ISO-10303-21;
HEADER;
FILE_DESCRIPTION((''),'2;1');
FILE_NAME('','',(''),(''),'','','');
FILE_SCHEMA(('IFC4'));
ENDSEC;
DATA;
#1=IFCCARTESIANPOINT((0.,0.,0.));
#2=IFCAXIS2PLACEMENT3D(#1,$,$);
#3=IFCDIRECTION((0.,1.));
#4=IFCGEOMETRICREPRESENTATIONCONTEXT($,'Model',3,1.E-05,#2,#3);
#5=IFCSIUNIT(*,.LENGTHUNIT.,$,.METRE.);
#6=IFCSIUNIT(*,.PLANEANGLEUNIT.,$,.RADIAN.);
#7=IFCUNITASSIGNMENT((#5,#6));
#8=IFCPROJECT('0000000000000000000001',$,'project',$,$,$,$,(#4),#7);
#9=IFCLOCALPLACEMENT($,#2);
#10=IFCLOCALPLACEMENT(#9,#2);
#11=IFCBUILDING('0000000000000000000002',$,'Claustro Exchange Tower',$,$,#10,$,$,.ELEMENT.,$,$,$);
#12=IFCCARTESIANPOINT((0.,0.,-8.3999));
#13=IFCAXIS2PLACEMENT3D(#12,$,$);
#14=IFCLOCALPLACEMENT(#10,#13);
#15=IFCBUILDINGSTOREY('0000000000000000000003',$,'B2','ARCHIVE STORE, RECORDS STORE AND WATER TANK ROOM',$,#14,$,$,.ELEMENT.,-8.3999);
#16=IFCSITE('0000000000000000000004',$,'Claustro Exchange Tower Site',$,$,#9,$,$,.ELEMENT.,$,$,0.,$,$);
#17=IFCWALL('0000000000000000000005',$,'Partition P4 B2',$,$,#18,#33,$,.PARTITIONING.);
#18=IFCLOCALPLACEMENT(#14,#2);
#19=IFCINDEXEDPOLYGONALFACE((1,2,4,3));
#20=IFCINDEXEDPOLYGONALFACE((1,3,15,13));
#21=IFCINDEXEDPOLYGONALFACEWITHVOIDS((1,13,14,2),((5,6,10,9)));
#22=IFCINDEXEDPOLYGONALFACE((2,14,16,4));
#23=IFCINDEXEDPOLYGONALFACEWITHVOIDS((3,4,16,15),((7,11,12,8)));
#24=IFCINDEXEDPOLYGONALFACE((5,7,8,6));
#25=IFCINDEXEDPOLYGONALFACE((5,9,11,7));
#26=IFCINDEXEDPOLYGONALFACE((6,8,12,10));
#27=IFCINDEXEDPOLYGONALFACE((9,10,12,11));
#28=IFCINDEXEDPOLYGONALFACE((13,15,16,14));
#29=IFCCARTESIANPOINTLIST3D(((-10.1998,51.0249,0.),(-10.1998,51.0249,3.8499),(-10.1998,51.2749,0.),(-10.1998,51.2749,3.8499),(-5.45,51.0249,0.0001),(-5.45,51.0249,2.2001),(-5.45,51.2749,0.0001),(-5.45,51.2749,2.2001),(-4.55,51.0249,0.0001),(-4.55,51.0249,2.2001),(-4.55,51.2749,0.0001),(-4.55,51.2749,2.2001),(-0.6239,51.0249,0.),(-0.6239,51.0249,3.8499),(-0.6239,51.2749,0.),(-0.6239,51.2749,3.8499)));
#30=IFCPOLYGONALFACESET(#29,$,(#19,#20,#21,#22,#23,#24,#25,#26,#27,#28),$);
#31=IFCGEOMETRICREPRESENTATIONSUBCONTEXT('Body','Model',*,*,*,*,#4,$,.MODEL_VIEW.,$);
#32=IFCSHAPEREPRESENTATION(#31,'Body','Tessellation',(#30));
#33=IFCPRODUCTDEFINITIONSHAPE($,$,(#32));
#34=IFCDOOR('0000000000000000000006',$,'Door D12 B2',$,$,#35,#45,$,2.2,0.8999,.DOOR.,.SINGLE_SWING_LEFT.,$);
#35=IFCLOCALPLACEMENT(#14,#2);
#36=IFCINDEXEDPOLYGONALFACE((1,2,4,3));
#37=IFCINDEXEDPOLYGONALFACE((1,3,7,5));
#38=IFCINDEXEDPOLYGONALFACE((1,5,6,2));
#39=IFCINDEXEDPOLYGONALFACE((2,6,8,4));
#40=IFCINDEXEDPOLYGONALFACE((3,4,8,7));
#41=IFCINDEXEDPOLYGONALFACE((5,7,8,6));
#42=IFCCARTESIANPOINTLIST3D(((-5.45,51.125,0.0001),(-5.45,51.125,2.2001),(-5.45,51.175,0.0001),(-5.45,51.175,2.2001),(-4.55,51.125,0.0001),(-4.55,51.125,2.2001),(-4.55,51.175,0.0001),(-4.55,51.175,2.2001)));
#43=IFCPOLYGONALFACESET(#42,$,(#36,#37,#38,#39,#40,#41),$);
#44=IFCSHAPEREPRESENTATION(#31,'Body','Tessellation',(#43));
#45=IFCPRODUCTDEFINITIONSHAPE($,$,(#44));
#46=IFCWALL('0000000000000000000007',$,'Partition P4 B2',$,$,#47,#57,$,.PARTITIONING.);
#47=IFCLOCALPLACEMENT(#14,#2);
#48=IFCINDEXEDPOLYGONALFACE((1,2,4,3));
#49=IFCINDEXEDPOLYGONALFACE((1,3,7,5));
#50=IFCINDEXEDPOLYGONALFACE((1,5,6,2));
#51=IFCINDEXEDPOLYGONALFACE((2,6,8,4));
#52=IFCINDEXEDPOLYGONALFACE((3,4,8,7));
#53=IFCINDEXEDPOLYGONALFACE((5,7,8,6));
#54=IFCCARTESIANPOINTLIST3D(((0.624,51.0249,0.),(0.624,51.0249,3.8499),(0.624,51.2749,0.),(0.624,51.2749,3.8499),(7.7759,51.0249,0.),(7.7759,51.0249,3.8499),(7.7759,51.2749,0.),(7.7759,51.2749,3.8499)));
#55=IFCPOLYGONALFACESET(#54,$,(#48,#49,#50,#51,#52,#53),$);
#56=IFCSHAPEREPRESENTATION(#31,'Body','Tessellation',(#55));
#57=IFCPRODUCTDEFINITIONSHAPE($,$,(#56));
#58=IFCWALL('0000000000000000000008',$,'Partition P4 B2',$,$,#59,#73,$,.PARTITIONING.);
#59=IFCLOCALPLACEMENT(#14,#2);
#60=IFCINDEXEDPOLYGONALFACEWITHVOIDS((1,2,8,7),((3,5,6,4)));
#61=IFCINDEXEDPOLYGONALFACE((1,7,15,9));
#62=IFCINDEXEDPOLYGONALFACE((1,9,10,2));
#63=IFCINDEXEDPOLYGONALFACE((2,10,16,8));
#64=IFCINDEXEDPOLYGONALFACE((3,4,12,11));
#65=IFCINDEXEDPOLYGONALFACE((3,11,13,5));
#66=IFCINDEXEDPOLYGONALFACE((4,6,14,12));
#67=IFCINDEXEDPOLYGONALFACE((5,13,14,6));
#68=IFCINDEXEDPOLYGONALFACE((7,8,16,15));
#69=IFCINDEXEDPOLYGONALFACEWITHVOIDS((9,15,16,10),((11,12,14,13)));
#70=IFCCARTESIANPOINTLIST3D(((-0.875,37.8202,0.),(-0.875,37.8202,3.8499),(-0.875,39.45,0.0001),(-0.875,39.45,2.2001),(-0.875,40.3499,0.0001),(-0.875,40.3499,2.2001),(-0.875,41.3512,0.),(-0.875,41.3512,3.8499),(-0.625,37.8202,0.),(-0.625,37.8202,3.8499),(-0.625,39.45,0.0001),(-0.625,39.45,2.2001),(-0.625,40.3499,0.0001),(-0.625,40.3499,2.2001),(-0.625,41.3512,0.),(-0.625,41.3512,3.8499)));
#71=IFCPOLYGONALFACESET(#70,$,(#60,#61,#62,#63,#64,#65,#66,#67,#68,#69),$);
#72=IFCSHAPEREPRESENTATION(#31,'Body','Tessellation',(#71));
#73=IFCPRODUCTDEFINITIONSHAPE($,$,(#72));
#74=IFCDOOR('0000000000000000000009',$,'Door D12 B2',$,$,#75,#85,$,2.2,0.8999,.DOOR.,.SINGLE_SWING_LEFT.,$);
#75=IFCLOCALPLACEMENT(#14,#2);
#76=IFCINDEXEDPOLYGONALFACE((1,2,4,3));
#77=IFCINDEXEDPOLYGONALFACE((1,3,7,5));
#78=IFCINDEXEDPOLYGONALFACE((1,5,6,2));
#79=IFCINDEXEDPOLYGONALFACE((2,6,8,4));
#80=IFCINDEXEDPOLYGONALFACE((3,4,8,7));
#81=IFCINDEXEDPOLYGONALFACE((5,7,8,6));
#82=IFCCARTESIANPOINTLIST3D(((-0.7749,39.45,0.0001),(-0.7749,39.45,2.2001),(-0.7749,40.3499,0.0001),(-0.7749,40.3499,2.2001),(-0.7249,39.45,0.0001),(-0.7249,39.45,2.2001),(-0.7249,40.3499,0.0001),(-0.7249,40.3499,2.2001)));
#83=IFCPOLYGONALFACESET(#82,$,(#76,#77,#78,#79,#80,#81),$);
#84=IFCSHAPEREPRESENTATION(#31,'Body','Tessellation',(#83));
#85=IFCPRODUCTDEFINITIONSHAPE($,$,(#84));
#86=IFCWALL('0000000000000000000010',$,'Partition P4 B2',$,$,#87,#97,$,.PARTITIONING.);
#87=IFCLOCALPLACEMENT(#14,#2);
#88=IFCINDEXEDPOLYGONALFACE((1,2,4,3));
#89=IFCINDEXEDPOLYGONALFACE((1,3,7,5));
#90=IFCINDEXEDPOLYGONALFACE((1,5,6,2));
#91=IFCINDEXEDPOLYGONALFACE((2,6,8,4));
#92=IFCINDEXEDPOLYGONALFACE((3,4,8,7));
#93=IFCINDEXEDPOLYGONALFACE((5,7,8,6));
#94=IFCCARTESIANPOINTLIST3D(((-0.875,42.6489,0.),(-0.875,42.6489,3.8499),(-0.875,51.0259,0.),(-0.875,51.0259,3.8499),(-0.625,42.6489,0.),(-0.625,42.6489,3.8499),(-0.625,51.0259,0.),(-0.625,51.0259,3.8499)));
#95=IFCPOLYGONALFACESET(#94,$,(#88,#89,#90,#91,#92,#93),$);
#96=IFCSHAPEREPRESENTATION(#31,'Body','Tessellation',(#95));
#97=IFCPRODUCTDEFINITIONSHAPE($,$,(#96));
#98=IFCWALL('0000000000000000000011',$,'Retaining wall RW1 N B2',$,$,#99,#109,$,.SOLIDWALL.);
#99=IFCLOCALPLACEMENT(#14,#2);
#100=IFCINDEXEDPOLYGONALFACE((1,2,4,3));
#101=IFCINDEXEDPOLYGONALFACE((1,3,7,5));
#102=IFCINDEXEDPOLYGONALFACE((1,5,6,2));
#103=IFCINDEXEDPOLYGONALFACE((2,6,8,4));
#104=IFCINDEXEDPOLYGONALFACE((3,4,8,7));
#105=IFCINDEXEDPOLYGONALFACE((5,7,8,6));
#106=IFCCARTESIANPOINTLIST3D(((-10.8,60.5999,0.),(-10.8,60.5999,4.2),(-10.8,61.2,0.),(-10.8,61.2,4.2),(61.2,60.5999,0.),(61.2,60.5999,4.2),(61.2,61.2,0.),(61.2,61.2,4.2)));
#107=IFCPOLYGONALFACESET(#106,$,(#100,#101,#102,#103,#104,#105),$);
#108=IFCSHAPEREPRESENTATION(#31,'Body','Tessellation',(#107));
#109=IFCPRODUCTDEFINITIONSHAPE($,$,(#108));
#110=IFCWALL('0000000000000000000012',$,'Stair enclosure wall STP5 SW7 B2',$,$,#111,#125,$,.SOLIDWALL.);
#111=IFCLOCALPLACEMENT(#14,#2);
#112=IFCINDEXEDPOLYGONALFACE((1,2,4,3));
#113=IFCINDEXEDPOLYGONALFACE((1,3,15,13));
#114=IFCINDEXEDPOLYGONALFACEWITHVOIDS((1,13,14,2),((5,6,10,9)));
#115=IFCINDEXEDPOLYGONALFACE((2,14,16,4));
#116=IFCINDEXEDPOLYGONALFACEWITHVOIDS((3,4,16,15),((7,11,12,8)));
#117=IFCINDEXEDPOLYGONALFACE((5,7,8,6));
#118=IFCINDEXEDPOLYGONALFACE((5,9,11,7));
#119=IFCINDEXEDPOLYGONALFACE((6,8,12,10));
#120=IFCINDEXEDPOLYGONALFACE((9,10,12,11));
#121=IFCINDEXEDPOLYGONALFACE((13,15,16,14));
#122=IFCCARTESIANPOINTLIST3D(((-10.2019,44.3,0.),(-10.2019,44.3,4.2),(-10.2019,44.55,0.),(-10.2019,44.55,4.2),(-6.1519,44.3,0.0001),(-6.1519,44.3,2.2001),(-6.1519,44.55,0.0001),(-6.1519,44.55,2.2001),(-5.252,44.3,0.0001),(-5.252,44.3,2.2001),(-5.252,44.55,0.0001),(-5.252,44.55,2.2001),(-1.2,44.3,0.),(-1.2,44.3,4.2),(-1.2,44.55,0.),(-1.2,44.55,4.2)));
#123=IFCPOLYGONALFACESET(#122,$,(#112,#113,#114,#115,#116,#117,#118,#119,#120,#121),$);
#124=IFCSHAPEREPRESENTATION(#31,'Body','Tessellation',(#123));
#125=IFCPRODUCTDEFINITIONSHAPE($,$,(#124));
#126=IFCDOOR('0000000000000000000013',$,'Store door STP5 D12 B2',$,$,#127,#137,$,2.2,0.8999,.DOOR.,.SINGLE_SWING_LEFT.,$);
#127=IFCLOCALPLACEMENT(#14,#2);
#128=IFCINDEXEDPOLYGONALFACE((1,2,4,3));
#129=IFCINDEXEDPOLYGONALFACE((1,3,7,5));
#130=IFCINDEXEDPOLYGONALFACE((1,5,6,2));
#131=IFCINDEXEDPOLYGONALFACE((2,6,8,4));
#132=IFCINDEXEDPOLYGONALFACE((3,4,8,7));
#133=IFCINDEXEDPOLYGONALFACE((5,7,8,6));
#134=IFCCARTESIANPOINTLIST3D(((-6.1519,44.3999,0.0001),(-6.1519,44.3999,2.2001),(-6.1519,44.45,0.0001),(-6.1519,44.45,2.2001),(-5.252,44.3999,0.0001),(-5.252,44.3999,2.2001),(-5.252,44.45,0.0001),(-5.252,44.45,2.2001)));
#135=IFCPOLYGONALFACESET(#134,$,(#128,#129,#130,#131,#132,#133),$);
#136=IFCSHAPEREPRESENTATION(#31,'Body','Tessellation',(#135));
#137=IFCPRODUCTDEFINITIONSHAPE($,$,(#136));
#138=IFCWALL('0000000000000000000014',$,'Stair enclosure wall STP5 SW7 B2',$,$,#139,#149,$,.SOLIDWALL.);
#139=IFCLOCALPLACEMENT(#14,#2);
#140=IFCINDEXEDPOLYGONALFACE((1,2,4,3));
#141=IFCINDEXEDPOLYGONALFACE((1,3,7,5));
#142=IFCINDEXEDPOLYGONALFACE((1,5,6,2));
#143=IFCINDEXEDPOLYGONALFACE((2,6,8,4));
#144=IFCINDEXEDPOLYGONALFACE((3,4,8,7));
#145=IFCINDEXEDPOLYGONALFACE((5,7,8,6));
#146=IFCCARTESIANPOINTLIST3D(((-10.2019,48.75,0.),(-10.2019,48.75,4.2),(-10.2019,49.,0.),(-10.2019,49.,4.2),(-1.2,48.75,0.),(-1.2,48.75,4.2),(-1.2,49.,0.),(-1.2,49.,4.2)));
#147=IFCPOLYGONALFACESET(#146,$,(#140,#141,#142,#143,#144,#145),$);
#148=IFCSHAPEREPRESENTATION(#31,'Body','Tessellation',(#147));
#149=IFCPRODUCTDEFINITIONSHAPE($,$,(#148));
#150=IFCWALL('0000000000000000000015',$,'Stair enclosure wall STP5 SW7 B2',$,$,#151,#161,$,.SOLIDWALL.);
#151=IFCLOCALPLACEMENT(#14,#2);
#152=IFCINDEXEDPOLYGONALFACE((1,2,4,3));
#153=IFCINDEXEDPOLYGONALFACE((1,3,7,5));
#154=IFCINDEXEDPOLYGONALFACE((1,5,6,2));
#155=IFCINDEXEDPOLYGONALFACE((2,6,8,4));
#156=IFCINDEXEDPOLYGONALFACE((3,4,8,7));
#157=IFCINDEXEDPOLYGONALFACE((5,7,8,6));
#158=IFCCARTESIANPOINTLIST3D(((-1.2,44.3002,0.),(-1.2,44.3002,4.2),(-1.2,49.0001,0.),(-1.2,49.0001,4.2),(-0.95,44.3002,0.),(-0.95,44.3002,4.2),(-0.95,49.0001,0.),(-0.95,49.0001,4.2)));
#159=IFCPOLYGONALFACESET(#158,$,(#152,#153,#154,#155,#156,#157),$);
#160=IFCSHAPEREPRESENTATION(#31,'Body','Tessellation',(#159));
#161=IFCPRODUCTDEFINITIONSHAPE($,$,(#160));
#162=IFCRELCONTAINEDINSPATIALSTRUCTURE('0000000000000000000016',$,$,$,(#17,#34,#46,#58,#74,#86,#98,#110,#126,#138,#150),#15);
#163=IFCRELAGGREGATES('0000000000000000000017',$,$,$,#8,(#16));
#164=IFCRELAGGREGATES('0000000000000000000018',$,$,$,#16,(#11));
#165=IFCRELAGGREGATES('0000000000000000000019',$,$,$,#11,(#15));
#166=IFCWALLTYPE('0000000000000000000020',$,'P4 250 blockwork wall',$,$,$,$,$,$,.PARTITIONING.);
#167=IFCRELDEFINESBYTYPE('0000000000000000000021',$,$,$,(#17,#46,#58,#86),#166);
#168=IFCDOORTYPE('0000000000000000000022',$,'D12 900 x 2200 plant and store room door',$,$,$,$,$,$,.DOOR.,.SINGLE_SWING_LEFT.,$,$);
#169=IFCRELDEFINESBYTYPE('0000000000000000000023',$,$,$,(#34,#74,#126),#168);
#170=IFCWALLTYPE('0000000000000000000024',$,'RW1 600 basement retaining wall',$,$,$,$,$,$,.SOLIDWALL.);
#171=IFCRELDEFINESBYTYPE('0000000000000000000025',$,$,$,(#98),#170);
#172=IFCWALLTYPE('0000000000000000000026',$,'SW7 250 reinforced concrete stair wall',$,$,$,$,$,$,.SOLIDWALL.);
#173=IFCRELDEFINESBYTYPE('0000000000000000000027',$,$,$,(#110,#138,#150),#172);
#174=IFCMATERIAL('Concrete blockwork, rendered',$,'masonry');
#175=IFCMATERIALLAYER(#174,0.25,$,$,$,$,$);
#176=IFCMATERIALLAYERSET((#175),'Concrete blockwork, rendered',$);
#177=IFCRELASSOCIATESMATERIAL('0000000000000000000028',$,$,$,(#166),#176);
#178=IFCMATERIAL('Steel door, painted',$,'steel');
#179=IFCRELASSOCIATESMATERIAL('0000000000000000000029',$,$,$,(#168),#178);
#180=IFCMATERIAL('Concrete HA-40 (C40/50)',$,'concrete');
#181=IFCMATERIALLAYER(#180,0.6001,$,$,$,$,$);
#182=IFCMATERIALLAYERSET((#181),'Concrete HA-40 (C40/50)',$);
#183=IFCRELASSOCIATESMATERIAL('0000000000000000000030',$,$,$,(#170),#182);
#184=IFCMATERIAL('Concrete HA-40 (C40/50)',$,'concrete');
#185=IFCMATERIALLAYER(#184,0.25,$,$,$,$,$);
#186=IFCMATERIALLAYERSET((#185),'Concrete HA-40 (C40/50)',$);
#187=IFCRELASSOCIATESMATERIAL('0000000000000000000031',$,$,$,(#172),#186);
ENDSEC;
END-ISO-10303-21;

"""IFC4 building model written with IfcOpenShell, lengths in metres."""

from ifc_helpers import new_model, si_unit, direction, frame, frame_2d, origin, place, context, subcontext, project, spatial, rectangle, extrude, material, layer, layer_set, type_object, element, fill, save


model = new_model("IFC4")

# Units and contexts
model_context = context("Model", 3, precision=1e-05, world=origin(), true_north=direction((0.0, 1.0)))
body_context = subcontext(model_context, "Body", "Model", "MODEL_VIEW")
ifc_project = project(units=[si_unit("LENGTHUNIT", "METRE"), si_unit("PLANEANGLEUNIT", "RADIAN")], contexts=[model_context])

# Site, building, storey
site_placement = place(None, origin())
site = spatial("IfcSite", under=ifc_project, at=site_placement, Name="Claustro Exchange Tower Site", CompositionType="ELEMENT", RefElevation=0.0)
building_placement = place(site_placement, origin())
building = spatial("IfcBuilding", under=site, at=building_placement, Name="Claustro Exchange Tower", CompositionType="ELEMENT")
storey_placement = place(building_placement, frame((0.0, 0.0, -8.3999)))
storey = spatial("IfcBuildingStorey", under=building, at=storey_placement, Name="B2", Description="ARCHIVE STORE, RECORDS STORE AND WATER TANK ROOM", CompositionType="ELEMENT", Elevation=-8.3999)

# Wall, opening, door
ifc_material_1 = material(Name="Concrete blockwork, rendered", Category="masonry")
ifc_layer_1 = layer(ifc_material_1, 0.25)
ifc_layer_set_1 = layer_set([ifc_layer_1], Name="Concrete blockwork, rendered")
wall_type_1 = type_object("IfcWallType", Name="P4 250 blockwork wall", PredefinedType="PARTITIONING", material=ifc_layer_set_1)
wall_1_placement = place(storey_placement, frame((-10.2, 51.1499, 0.0), z_axis=(0.0, 0.0, 1.0), x_axis=(1.0, 0.0, 0.0)))
wall_1 = element("IfcWall", 1, at=wall_1_placement, inside=storey, type_object=wall_type_1, Name="Partition P4 B2", PredefinedType="PARTITIONING", context=body_context, shape_type="SweptSolid", body=[
    extrude(rectangle(XDim=9.5759, YDim=0.25, at=frame_2d((4.7881, 0.0))), origin(), (0.0, 0.0, 1.0), 3.8499),
])
opening_1_placement = place(wall_1_placement, frame((4.75, 0.0, 0.0)))
opening_1 = element("IfcOpeningElement", 2, at=opening_1_placement, cuts=wall_1, PredefinedType="OPENING", context=body_context, shape_type="SweptSolid", body=[
    extrude(rectangle(XDim=0.8999, YDim=2.2, at=frame_2d((0.45, 1.1001))), frame((0.0, 0.135, 0.0), z_axis=(0.0, -1.0, 0.0), x_axis=(1.0, 0.0, 0.0)), (0.0, 0.0, 1.0), 0.27),
])
ifc_material_2 = material(Name="Steel door, painted", Category="steel")
door_type_1 = type_object("IfcDoorType", Name="D12 900 x 2200 plant and store room door", OperationType="SINGLE_SWING_LEFT", PredefinedType="DOOR", material=ifc_material_2)
door_1_placement = place(opening_1_placement, frame((0.8999, 0.0, 0.0), z_axis=(0.0, 0.0, 1.0), x_axis=(-1.0, 0.0, 0.0)))
door_1 = element("IfcDoor", 3, at=door_1_placement, inside=storey, type_object=door_type_1, Name="Door D12 B2", OperationType="SINGLE_SWING_LEFT", OverallHeight=2.2, OverallWidth=0.8999, PredefinedType="DOOR", context=body_context, shape_type="SweptSolid", body=[
    extrude(rectangle(XDim=0.8999, YDim=2.2, at=frame_2d((0.45, 1.1001))), frame((0.0, 0.0249, 0.0), z_axis=(0.0, -1.0, 0.0), x_axis=(1.0, 0.0, 0.0)), (0.0, 0.0, 1.0), 0.05),
])
fill(opening_1, door_1)

# Wall
wall_2_placement = place(storey_placement, frame((0.624, 51.1499, 0.0), z_axis=(0.0, 0.0, 1.0), x_axis=(1.0, 0.0, 0.0)))
element("IfcWall", 4, at=wall_2_placement, inside=storey, type_object=wall_type_1, Name="Partition P4 B2", PredefinedType="PARTITIONING", context=body_context, shape_type="SweptSolid", body=[
    extrude(rectangle(XDim=7.1519, YDim=0.25, at=frame_2d((3.5759, 0.0))), origin(), (0.0, 0.0, 1.0), 3.8499),
])

# Wall, opening, door
wall_3_placement = place(storey_placement, frame((-0.75, 37.8201, 0.0), z_axis=(0.0, 0.0, 1.0), x_axis=(0.0, 1.0, 0.0)))
wall_3 = element("IfcWall", 5, at=wall_3_placement, inside=storey, type_object=wall_type_1, Name="Partition P4 B2", PredefinedType="PARTITIONING", context=body_context, shape_type="SweptSolid", body=[
    extrude(rectangle(XDim=3.531, YDim=0.25, at=frame_2d((1.7656, 0.0))), origin(), (0.0, 0.0, 1.0), 3.8499),
])
opening_2_placement = place(wall_3_placement, frame((1.6299, 0.0, 0.0)))
opening_2 = element("IfcOpeningElement", 6, at=opening_2_placement, cuts=wall_3, PredefinedType="OPENING", context=body_context, shape_type="SweptSolid", body=[
    extrude(rectangle(XDim=0.8999, YDim=2.2, at=frame_2d((0.45, 1.1001))), frame((0.0, 0.135, 0.0), z_axis=(0.0, -1.0, 0.0), x_axis=(1.0, 0.0, 0.0)), (0.0, 0.0, 1.0), 0.27),
])
door_2_placement = place(opening_2_placement, origin())
door_2 = element("IfcDoor", 7, at=door_2_placement, inside=storey, type_object=door_type_1, Name="Door D12 B2", OperationType="SINGLE_SWING_LEFT", OverallHeight=2.2, OverallWidth=0.8999, PredefinedType="DOOR", context=body_context, shape_type="SweptSolid", body=[
    extrude(rectangle(XDim=0.8999, YDim=2.2, at=frame_2d((0.45, 1.1001))), frame((0.0, 0.0249, 0.0), z_axis=(0.0, -1.0, 0.0), x_axis=(1.0, 0.0, 0.0)), (0.0, 0.0, 1.0), 0.05),
])
fill(opening_2, door_2)

# Walls
wall_4_placement = place(storey_placement, frame((-0.75, 42.6489, 0.0), z_axis=(0.0, 0.0, 1.0), x_axis=(0.0, 1.0, 0.0)))
element("IfcWall", 8, at=wall_4_placement, inside=storey, type_object=wall_type_1, Name="Partition P4 B2", PredefinedType="PARTITIONING", context=body_context, shape_type="SweptSolid", body=[
    extrude(rectangle(XDim=8.377, YDim=0.25, at=frame_2d((4.1885, 0.0))), origin(), (0.0, 0.0, 1.0), 3.8499),
])
ifc_material_3 = material(Name="Concrete HA-40 (C40/50)", Category="concrete")
ifc_layer_2 = layer(ifc_material_3, 0.6001)
ifc_layer_set_2 = layer_set([ifc_layer_2], Name="Concrete HA-40 (C40/50)")
wall_type_2 = type_object("IfcWallType", Name="RW1 600 basement retaining wall", PredefinedType="SOLIDWALL", material=ifc_layer_set_2)
wall_5_placement = place(storey_placement, frame((-10.8, 60.8999, 0.0), z_axis=(0.0, 0.0, 1.0), x_axis=(1.0, 0.0, 0.0)))
element("IfcWall", 9, at=wall_5_placement, inside=storey, type_object=wall_type_2, Name="Retaining wall RW1 N B2", PredefinedType="SOLIDWALL", context=body_context, shape_type="SweptSolid", body=[
    extrude(rectangle(XDim=72.0, YDim=0.6001, at=frame_2d((36.0, 0.0))), origin(), (0.0, 0.0, 1.0), 4.2),
])

# Wall, opening, door
ifc_material_4 = material(Name="Concrete HA-40 (C40/50)", Category="concrete")
ifc_layer_3 = layer(ifc_material_4, 0.25)
ifc_layer_set_3 = layer_set([ifc_layer_3], Name="Concrete HA-40 (C40/50)")
wall_type_3 = type_object("IfcWallType", Name="SW7 250 reinforced concrete stair wall", PredefinedType="SOLIDWALL", material=ifc_layer_set_3)
wall_6_placement = place(storey_placement, frame((-10.2019, 44.425, 0.0), z_axis=(0.0, 0.0, 1.0), x_axis=(1.0, 0.0, 0.0)))
wall_6 = element("IfcWall", 10, at=wall_6_placement, inside=storey, type_object=wall_type_3, Name="Stair enclosure wall STP5 SW7 B2", PredefinedType="SOLIDWALL", context=body_context, shape_type="SweptSolid", body=[
    extrude(rectangle(XDim=9.002, YDim=0.25, at=frame_2d((4.501, 0.0))), origin(), (0.0, 0.0, 1.0), 4.2),
])
opening_3_placement = place(wall_6_placement, frame((4.05, 0.0, 0.0)))
opening_3 = element("IfcOpeningElement", 11, at=opening_3_placement, cuts=wall_6, PredefinedType="OPENING", context=body_context, shape_type="SweptSolid", body=[
    extrude(rectangle(XDim=0.8999, YDim=2.2, at=frame_2d((0.45, 1.1001))), frame((0.0, 0.135, 0.0), z_axis=(0.0, -1.0, 0.0), x_axis=(1.0, 0.0, 0.0)), (0.0, 0.0, 1.0), 0.27),
])
door_3_placement = place(opening_3_placement, origin())
door_3 = element("IfcDoor", 12, at=door_3_placement, inside=storey, type_object=door_type_1, Name="Store door STP5 D12 B2", OperationType="SINGLE_SWING_LEFT", OverallHeight=2.2, OverallWidth=0.8999, PredefinedType="DOOR", context=body_context, shape_type="SweptSolid", body=[
    extrude(rectangle(XDim=0.8999, YDim=2.2, at=frame_2d((0.45, 1.1001))), frame((0.0, 0.0249, 0.0), z_axis=(0.0, -1.0, 0.0), x_axis=(1.0, 0.0, 0.0)), (0.0, 0.0, 1.0), 0.05),
])
fill(opening_3, door_3)

# Walls
wall_7_placement = place(storey_placement, frame((-10.2019, 48.875, 0.0), z_axis=(0.0, 0.0, 1.0), x_axis=(1.0, 0.0, 0.0)))
element("IfcWall", 13, at=wall_7_placement, inside=storey, type_object=wall_type_3, Name="Stair enclosure wall STP5 SW7 B2", PredefinedType="SOLIDWALL", context=body_context, shape_type="SweptSolid", body=[
    extrude(rectangle(XDim=9.002, YDim=0.25, at=frame_2d((4.501, 0.0))), origin(), (0.0, 0.0, 1.0), 4.2),
])
wall_8_placement = place(storey_placement, frame((-1.075, 44.3, 0.0), z_axis=(0.0, 0.0, 1.0), x_axis=(0.0, 1.0, 0.0)))
element("IfcWall", 14, at=wall_8_placement, inside=storey, type_object=wall_type_3, Name="Stair enclosure wall STP5 SW7 B2", PredefinedType="SOLIDWALL", context=body_context, shape_type="SweptSolid", body=[
    extrude(rectangle(XDim=4.7, YDim=0.25, at=frame_2d((2.3501, 0.0))), origin(), (0.0, 0.0, 1.0), 4.2),
])

save(model, "model.ifc")
